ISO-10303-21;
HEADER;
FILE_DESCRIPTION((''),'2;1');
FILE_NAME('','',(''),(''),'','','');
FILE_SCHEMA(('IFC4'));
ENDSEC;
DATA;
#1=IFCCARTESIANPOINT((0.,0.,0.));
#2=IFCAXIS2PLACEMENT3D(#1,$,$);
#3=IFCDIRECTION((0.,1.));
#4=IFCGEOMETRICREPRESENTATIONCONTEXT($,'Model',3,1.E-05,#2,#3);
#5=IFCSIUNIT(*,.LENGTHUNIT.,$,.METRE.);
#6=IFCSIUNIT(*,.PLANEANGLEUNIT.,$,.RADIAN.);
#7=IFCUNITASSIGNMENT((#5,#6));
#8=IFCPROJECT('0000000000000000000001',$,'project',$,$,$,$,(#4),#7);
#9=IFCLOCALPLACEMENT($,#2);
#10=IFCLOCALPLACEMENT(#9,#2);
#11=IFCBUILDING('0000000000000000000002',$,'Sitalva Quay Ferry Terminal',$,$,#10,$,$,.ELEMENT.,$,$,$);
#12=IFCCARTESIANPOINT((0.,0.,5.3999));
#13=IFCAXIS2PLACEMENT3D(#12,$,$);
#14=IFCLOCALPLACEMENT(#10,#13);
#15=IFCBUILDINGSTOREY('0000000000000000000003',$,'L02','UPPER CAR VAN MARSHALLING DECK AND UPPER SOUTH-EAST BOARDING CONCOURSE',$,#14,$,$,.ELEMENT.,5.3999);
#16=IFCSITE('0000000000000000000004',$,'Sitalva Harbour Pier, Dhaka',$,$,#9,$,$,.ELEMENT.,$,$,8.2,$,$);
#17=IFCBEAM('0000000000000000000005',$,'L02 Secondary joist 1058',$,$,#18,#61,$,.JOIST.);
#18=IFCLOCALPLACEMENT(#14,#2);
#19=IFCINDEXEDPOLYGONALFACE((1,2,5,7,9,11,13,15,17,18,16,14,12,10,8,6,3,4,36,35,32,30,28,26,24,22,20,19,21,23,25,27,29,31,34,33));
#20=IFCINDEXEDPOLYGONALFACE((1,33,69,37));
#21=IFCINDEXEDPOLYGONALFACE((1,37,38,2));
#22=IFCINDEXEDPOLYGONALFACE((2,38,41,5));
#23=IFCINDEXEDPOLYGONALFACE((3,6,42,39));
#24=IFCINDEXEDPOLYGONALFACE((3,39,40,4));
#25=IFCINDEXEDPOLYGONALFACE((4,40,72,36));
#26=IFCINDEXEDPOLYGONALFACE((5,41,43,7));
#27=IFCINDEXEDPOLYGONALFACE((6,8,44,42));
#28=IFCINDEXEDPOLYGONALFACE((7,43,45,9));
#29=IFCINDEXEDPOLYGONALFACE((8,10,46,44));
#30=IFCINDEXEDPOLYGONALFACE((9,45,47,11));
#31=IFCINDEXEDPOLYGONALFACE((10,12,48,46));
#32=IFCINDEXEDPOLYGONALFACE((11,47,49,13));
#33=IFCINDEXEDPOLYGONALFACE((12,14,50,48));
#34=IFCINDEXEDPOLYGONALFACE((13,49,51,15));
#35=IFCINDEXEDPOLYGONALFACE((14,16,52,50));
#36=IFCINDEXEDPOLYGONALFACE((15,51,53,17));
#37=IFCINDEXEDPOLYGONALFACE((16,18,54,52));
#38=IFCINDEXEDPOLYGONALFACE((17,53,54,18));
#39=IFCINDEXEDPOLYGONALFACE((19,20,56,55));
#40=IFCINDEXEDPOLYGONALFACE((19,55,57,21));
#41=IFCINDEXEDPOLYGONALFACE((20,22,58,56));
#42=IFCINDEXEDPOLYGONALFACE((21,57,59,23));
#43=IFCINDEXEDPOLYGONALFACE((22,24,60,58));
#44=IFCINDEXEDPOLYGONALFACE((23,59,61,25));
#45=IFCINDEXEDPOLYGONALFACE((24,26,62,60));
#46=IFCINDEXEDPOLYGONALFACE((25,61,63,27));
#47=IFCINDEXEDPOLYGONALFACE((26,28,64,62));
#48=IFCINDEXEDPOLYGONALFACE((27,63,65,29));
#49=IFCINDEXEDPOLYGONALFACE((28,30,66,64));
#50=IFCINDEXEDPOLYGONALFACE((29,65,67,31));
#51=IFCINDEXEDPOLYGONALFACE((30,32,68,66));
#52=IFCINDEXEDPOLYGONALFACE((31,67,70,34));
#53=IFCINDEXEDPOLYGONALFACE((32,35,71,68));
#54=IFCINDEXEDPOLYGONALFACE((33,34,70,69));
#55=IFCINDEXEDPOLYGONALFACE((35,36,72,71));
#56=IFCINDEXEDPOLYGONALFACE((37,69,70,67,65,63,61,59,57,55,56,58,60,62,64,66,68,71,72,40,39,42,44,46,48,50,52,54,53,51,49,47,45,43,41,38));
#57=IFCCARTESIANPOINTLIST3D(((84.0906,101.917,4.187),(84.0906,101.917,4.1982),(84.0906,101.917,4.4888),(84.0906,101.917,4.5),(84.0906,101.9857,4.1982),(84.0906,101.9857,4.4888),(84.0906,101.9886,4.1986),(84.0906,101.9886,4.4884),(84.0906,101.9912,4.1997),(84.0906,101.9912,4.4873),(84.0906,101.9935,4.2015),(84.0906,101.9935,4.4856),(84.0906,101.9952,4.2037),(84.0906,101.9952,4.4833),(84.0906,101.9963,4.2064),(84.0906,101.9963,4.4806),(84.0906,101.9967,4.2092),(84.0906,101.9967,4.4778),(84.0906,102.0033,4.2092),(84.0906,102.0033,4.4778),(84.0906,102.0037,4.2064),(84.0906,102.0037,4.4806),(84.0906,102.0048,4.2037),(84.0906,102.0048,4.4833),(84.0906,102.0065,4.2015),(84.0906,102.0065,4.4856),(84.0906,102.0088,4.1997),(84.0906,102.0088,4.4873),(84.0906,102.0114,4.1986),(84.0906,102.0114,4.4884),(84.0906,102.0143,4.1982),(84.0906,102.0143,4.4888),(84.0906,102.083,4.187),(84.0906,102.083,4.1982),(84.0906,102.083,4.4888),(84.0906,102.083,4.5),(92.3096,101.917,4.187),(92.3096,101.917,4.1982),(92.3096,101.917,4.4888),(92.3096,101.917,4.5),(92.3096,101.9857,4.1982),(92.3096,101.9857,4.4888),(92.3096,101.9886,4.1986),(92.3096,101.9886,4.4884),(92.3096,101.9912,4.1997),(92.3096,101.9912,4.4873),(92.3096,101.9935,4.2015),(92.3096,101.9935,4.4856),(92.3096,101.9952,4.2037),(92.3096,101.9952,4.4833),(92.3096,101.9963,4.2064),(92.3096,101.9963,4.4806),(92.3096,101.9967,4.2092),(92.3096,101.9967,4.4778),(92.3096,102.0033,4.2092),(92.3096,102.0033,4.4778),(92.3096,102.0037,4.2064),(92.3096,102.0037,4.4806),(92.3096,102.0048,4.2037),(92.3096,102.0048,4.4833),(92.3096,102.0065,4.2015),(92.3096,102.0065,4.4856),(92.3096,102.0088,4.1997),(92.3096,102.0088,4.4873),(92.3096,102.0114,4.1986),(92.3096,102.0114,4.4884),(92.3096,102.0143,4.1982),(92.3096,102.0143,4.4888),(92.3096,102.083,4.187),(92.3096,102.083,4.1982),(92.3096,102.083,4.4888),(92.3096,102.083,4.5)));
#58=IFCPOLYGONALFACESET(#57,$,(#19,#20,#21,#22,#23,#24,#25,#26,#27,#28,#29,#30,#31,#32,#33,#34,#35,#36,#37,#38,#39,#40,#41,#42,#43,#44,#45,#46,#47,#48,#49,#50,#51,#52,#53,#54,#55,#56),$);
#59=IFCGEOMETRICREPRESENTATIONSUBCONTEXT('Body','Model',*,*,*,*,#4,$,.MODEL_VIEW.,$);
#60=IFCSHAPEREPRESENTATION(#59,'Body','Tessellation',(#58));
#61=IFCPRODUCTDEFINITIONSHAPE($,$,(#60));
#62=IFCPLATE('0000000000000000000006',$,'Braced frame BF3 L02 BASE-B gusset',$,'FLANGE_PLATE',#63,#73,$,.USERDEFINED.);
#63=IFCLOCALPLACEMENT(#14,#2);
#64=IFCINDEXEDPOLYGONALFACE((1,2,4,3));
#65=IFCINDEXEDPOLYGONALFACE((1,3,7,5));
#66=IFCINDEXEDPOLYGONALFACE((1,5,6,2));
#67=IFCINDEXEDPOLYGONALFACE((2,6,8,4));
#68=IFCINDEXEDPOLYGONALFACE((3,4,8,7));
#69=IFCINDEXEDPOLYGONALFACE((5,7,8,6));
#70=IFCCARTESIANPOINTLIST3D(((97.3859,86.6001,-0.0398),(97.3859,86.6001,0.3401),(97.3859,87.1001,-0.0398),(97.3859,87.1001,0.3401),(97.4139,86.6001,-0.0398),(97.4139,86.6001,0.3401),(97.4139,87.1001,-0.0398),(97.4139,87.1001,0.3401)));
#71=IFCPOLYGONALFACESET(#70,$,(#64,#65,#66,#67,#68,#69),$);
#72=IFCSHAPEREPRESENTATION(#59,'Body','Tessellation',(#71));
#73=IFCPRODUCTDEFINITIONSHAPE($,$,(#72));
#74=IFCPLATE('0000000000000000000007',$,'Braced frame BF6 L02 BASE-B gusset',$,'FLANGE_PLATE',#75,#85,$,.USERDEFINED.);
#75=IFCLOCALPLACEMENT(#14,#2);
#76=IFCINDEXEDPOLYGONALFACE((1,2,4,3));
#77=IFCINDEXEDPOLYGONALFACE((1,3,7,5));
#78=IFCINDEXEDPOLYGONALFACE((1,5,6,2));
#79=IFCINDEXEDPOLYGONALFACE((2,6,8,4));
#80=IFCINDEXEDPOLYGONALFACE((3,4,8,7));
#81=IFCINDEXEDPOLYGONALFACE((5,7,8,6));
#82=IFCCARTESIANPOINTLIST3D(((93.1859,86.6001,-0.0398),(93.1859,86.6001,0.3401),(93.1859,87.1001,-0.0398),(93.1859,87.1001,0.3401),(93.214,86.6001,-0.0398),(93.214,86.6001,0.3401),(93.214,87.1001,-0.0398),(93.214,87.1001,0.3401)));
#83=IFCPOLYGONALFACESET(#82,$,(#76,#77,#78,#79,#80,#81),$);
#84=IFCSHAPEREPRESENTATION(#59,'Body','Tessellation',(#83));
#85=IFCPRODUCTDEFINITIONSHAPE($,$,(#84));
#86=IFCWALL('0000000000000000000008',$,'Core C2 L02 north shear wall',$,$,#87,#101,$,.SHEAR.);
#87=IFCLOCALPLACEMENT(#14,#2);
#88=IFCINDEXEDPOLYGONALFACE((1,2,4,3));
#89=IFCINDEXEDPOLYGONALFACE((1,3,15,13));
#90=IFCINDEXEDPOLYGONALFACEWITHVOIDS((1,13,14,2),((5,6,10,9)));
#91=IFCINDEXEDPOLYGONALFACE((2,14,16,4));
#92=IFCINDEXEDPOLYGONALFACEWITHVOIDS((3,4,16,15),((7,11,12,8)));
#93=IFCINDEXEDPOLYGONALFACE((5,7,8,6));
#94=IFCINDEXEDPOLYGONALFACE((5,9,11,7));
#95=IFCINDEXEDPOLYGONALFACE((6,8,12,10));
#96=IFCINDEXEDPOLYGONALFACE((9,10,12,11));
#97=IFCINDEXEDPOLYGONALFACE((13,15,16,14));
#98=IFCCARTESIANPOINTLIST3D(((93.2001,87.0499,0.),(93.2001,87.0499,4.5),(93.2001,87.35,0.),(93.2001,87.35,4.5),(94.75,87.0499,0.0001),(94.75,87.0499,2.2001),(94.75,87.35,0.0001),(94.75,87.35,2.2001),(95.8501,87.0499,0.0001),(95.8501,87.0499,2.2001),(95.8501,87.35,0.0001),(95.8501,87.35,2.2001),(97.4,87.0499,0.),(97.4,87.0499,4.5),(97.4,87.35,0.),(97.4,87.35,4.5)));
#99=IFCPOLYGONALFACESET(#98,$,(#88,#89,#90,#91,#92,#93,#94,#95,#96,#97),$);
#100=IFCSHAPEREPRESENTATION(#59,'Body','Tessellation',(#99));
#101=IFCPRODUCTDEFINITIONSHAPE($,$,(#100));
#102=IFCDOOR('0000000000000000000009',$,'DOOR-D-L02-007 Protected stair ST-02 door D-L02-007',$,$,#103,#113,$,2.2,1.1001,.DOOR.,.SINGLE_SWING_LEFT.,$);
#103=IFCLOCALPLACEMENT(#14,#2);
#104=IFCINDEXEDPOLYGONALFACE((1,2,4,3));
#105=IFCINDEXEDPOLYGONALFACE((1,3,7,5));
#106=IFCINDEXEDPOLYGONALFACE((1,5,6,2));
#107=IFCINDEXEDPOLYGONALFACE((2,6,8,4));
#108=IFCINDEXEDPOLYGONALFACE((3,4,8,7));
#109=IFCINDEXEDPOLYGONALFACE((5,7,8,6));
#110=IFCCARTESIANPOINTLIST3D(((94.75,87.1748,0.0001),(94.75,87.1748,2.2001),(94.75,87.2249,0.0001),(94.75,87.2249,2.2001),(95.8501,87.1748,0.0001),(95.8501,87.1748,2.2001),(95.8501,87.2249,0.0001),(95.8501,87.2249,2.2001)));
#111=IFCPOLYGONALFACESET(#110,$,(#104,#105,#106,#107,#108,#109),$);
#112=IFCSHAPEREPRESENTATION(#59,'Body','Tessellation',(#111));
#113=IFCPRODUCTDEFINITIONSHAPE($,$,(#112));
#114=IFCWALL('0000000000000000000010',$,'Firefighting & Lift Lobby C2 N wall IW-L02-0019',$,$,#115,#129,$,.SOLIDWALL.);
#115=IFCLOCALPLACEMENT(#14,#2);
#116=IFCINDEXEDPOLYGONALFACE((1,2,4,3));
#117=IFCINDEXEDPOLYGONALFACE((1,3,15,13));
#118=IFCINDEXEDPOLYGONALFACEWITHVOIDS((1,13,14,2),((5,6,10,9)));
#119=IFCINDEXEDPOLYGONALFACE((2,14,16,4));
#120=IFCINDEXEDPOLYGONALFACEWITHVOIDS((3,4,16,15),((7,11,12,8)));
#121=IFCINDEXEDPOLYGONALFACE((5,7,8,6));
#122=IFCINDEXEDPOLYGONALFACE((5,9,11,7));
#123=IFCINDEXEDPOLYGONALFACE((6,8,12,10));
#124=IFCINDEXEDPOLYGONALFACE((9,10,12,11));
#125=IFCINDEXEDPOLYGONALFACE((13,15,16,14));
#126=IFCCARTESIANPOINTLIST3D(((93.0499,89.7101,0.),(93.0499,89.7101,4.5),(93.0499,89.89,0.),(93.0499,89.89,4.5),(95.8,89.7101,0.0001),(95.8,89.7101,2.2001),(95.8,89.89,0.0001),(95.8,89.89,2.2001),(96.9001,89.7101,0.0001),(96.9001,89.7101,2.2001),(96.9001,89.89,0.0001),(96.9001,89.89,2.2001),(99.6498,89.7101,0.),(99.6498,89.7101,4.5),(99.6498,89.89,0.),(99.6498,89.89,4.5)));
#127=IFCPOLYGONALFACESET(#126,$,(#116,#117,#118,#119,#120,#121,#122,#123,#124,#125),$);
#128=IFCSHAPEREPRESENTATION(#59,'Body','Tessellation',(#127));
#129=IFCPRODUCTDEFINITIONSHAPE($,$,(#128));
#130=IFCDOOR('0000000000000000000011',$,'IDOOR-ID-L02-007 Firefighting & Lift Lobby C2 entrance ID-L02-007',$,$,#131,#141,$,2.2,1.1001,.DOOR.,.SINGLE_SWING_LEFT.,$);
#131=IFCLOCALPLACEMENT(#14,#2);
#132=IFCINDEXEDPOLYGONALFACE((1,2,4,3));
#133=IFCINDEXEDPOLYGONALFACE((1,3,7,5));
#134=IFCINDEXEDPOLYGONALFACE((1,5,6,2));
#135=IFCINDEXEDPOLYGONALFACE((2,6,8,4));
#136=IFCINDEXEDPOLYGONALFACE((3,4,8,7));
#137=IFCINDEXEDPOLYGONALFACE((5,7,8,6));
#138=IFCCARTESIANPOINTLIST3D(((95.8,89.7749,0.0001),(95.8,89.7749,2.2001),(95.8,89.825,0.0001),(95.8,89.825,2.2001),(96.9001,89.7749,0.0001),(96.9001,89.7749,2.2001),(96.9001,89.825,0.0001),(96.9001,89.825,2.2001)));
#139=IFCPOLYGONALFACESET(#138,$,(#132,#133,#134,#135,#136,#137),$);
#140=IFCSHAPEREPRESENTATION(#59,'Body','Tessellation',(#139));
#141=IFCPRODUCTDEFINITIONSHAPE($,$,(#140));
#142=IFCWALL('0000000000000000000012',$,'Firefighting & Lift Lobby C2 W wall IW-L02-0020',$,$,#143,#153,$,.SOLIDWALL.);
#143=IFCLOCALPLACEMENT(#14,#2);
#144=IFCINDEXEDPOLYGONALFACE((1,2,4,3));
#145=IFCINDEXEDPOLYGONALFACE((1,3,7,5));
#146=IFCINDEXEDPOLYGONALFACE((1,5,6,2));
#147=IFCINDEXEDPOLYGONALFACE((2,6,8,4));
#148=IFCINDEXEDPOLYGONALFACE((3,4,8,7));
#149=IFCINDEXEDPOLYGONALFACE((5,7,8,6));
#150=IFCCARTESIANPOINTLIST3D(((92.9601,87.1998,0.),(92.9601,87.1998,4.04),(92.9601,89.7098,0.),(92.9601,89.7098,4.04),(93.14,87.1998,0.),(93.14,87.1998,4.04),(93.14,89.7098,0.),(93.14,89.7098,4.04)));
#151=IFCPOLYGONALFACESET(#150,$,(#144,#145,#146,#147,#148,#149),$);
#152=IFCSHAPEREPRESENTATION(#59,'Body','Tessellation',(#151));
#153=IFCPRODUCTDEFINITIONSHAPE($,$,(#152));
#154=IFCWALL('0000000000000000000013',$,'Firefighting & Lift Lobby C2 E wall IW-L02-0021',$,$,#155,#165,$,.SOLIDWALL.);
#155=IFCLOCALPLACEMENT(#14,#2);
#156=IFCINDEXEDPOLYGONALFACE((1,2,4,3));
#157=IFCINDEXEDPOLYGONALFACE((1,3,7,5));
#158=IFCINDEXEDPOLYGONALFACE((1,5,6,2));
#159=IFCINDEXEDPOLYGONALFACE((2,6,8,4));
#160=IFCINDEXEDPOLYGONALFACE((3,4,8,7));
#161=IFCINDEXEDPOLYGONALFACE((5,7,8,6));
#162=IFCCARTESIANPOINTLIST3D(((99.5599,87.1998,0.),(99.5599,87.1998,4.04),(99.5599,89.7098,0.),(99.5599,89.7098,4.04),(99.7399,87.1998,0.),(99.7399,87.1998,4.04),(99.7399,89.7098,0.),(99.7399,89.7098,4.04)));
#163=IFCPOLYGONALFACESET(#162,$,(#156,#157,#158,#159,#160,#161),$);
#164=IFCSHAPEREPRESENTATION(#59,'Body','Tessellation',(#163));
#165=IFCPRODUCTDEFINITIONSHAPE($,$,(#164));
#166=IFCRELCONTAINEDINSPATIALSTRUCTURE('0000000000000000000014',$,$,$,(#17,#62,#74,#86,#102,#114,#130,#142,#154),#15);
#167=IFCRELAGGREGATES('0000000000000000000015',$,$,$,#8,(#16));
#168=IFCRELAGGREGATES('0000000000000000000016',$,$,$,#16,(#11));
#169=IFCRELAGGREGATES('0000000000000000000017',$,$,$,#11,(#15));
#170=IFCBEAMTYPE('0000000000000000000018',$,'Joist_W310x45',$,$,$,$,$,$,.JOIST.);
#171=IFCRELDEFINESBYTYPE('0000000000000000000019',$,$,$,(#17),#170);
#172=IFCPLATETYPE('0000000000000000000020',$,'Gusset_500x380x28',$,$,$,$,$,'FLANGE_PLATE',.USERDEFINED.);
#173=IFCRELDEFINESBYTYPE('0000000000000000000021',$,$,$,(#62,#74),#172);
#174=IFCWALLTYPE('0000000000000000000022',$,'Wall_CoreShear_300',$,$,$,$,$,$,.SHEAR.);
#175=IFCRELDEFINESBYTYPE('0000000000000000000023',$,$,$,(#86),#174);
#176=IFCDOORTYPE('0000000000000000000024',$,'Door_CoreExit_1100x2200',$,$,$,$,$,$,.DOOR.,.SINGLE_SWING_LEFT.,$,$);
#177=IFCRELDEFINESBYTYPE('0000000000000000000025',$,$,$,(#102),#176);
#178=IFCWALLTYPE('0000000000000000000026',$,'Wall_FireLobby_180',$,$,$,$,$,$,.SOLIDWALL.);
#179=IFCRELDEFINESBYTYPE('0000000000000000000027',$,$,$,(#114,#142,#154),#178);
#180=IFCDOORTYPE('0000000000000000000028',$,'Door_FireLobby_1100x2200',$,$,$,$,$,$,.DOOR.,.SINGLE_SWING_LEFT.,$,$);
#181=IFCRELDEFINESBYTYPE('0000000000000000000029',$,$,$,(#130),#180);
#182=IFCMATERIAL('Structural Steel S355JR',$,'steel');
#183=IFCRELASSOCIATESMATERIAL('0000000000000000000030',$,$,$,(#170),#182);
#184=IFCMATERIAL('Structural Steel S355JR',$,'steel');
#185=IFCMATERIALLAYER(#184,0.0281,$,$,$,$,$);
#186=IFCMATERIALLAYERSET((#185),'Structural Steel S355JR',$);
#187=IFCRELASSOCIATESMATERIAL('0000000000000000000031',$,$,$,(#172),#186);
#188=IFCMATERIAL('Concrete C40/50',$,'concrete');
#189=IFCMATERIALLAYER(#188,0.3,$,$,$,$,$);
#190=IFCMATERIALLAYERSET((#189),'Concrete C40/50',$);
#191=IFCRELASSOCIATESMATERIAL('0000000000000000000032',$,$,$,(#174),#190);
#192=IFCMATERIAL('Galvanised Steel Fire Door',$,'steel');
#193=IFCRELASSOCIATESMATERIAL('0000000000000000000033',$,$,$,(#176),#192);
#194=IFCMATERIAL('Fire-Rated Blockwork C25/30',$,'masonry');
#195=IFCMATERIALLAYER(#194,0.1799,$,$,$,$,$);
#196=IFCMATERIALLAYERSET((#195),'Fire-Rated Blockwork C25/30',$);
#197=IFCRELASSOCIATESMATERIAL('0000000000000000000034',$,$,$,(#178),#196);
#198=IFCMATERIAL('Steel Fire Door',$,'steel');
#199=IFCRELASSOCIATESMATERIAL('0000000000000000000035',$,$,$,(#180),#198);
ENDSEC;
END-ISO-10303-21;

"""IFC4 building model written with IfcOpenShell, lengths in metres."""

from ifc_helpers import new_model, si_unit, direction, frame, frame_2d, origin, origin_2d, place, context, subcontext, project, spatial, rectangle, i_section, extrude, material, layer, layer_set, material_profile, profile_set, type_object, element, fill, save


model = new_model("IFC4")

# Units and contexts
model_context = context("Model", 3, precision=1e-05, world=origin(), true_north=direction((0.0, 1.0)))
body_context = subcontext(model_context, "Body", "Model", "MODEL_VIEW")
ifc_project = project(units=[si_unit("LENGTHUNIT", "METRE"), si_unit("PLANEANGLEUNIT", "RADIAN")], contexts=[model_context])

# Site, building, storey
site_placement = place(None, origin())
site = spatial("IfcSite", under=ifc_project, at=site_placement, Name="Sitalva Harbour Pier, Dhaka", CompositionType="ELEMENT", RefElevation=8.2)
building_placement = place(site_placement, origin())
building = spatial("IfcBuilding", under=site, at=building_placement, Name="Sitalva Quay Ferry Terminal", CompositionType="ELEMENT")
storey_placement = place(building_placement, frame((0.0, 0.0, 5.3999)))
storey = spatial("IfcBuildingStorey", under=building, at=storey_placement, Name="L02", Description="UPPER CAR VAN MARSHALLING DECK AND UPPER SOUTH-EAST BOARDING CONCOURSE", CompositionType="ELEMENT", Elevation=5.3999)

# Beam
ifc_material_1 = material(Name="Structural Steel S355JR", Category="steel")
ifc_material_profile_1 = material_profile(ifc_material_1, i_section(OverallWidth=0.166, OverallDepth=0.313, WebThickness=0.0066, FlangeThickness=0.0112, FilletRadius=0.011, at=origin_2d()), Name="W310x45")
ifc_profile_set_1 = profile_set([ifc_material_profile_1], Name="Structural Steel S355JR")
beam_type_1 = type_object("IfcBeamType", Name="Joist_W310x45", PredefinedType="JOIST", material=ifc_profile_set_1)
for number, where, z_axis, x_axis, name in (
    (1, (84.0906, 102.0, 4.3435), (1.0, 0.0, 0.0), (0.0, 1.0, 0.0), "L02 Secondary joist 1058"),
):
    element("IfcBeam", number, at=place(storey_placement, frame(where, z_axis=z_axis, x_axis=x_axis)), inside=storey, type_object=beam_type_1, Name=name, PredefinedType="JOIST", context=body_context, shape_type="SweptSolid", body=[
        extrude(i_section(OverallWidth=0.166, OverallDepth=0.313, WebThickness=0.0066, FlangeThickness=0.0112, FilletRadius=0.011, at=origin_2d()), origin(), (0.0, 0.0, 1.0), 8.219),
    ])

# Plates
ifc_material_2 = material(Name="Structural Steel S355JR", Category="steel")
ifc_layer_1 = layer(ifc_material_2, 0.0281)
ifc_layer_set_1 = layer_set([ifc_layer_1], Name="Structural Steel S355JR")
plate_type = type_object("IfcPlateType", Name="Gusset_500x380x28", ElementType="FLANGE_PLATE", PredefinedType="USERDEFINED", material=ifc_layer_set_1)
for number, where, z_axis, x_axis, name in (
    (2, (97.3999, 86.8501, -0.0398), (0.0, 0.0, 1.0), (1.0, 0.0, 0.0), "Braced frame BF3 L02 BASE-B gusset"),
    (3, (93.2, 86.8501, -0.0398), (0.0, 0.0, 1.0), (1.0, 0.0, 0.0), "Braced frame BF6 L02 BASE-B gusset"),
):
    element("IfcPlate", number, at=place(storey_placement, frame(where, z_axis=z_axis, x_axis=x_axis)), inside=storey, type_object=plate_type, Name=name, ObjectType="FLANGE_PLATE", PredefinedType="USERDEFINED", context=body_context, shape_type="SweptSolid", body=[
        extrude(rectangle(XDim=0.0281, YDim=0.5, at=origin_2d()), origin(), (0.0, 0.0, 1.0), 0.3799),
    ])

# Walls, openings, doors
ifc_material_3 = material(Name="Concrete C40/50", Category="concrete")
ifc_layer_2 = layer(ifc_material_3, 0.3)
ifc_layer_set_2 = layer_set([ifc_layer_2], Name="Concrete C40/50")
wall_type_1 = type_object("IfcWallType", Name="Wall_CoreShear_300", PredefinedType="SHEAR", material=ifc_layer_set_2)
wall_1_placement = place(storey_placement, frame((93.2, 87.2, 0.0), z_axis=(0.0, 0.0, 1.0), x_axis=(1.0, 0.0, 0.0)))
wall_1 = element("IfcWall", 4, at=wall_1_placement, inside=storey, type_object=wall_type_1, Name="Core C2 L02 north shear wall", PredefinedType="SHEAR", context=body_context, shape_type="SweptSolid", body=[
    extrude(rectangle(XDim=4.2, YDim=0.3, at=frame_2d((2.1001, 0.0))), origin(), (0.0, 0.0, 1.0), 4.5),
])
opening_1_placement = place(wall_1_placement, frame((1.55, 0.0, 0.0)))
opening_1 = element("IfcOpeningElement", 5, at=opening_1_placement, cuts=wall_1, PredefinedType="OPENING", context=body_context, shape_type="SweptSolid", body=[
    extrude(rectangle(XDim=1.1001, YDim=2.2, at=frame_2d((0.55, 1.1001))), frame((0.0, 0.1599, 0.0), z_axis=(0.0, -1.0, 0.0), x_axis=(1.0, 0.0, 0.0)), (0.0, 0.0, 1.0), 0.3201),
])
ifc_material_4 = material(Name="Galvanised Steel Fire Door", Category="steel")
door_type_1 = type_object("IfcDoorType", Name="Door_CoreExit_1100x2200", OperationType="SINGLE_SWING_LEFT", PredefinedType="DOOR", material=ifc_material_4)
door_1_placement = place(opening_1_placement, origin())
door_1 = element("IfcDoor", 6, at=door_1_placement, inside=storey, type_object=door_type_1, Name="DOOR-D-L02-007 Protected stair ST-02 door D-L02-007", OperationType="SINGLE_SWING_LEFT", OverallHeight=2.2, OverallWidth=1.1001, PredefinedType="DOOR", context=body_context, shape_type="SweptSolid", body=[
    extrude(rectangle(XDim=1.1001, YDim=2.2, at=frame_2d((0.55, 1.1001))), frame((0.0, 0.0249, 0.0), z_axis=(0.0, -1.0, 0.0), x_axis=(1.0, 0.0, 0.0)), (0.0, 0.0, 1.0), 0.05),
])
fill(opening_1, door_1)
ifc_material_5 = material(Name="Fire-Rated Blockwork C25/30", Category="masonry")
ifc_layer_3 = layer(ifc_material_5, 0.1799)
ifc_layer_set_3 = layer_set([ifc_layer_3], Name="Fire-Rated Blockwork C25/30")
wall_type_2 = type_object("IfcWallType", Name="Wall_FireLobby_180", PredefinedType="SOLIDWALL", material=ifc_layer_set_3)
wall_2_placement = place(storey_placement, frame((93.05, 89.8, 0.0), z_axis=(0.0, 0.0, 1.0), x_axis=(1.0, 0.0, 0.0)))
wall_2 = element("IfcWall", 7, at=wall_2_placement, inside=storey, type_object=wall_type_2, Name="Firefighting & Lift Lobby C2 N wall IW-L02-0019", PredefinedType="SOLIDWALL", context=body_context, shape_type="SweptSolid", body=[
    extrude(rectangle(XDim=6.5999, YDim=0.1799, at=frame_2d((3.2998, 0.0))), origin(), (0.0, 0.0, 1.0), 4.5),
])
opening_2_placement = place(wall_2_placement, frame((2.75, 0.0, 0.0)))
opening_2 = element("IfcOpeningElement", 8, at=opening_2_placement, cuts=wall_2, PredefinedType="OPENING", context=body_context, shape_type="SweptSolid", body=[
    extrude(rectangle(XDim=1.1001, YDim=2.2, at=frame_2d((0.55, 1.1001))), frame((0.0, 0.0999, 0.0), z_axis=(0.0, -1.0, 0.0), x_axis=(1.0, 0.0, 0.0)), (0.0, 0.0, 1.0), 0.2),
])
ifc_material_6 = material(Name="Steel Fire Door", Category="steel")
door_type_2 = type_object("IfcDoorType", Name="Door_FireLobby_1100x2200", OperationType="SINGLE_SWING_LEFT", PredefinedType="DOOR", material=ifc_material_6)
door_2_placement = place(opening_2_placement, origin())
door_2 = element("IfcDoor", 9, at=door_2_placement, inside=storey, type_object=door_type_2, Name="IDOOR-ID-L02-007 Firefighting & Lift Lobby C2 entrance ID-L02-007", OperationType="SINGLE_SWING_LEFT", OverallHeight=2.2, OverallWidth=1.1001, PredefinedType="DOOR", context=body_context, shape_type="SweptSolid", body=[
    extrude(rectangle(XDim=1.1001, YDim=2.2, at=frame_2d((0.55, 1.1001))), frame((0.0, 0.0249, 0.0), z_axis=(0.0, -1.0, 0.0), x_axis=(1.0, 0.0, 0.0)), (0.0, 0.0, 1.0), 0.05),
])
fill(opening_2, door_2)

# Walls
for number, where, z_axis, x_axis, name in (
    (10, (93.05, 87.2, 0.0), (0.0, 0.0, 1.0), (0.0, 1.0, 0.0), "Firefighting & Lift Lobby C2 W wall IW-L02-0020"),
    (11, (99.6499, 87.2, 0.0), (0.0, 0.0, 1.0), (0.0, 1.0, 0.0), "Firefighting & Lift Lobby C2 E wall IW-L02-0021"),
):
    element("IfcWall", number, at=place(storey_placement, frame(where, z_axis=z_axis, x_axis=x_axis)), inside=storey, type_object=wall_type_2, Name=name, PredefinedType="SOLIDWALL", context=body_context, shape_type="SweptSolid", body=[
        extrude(rectangle(XDim=2.51, YDim=0.1799, at=frame_2d((1.2549, 0.0))), origin(), (0.0, 0.0, 1.0), 4.04),
    ])

save(model, "model.ifc")
